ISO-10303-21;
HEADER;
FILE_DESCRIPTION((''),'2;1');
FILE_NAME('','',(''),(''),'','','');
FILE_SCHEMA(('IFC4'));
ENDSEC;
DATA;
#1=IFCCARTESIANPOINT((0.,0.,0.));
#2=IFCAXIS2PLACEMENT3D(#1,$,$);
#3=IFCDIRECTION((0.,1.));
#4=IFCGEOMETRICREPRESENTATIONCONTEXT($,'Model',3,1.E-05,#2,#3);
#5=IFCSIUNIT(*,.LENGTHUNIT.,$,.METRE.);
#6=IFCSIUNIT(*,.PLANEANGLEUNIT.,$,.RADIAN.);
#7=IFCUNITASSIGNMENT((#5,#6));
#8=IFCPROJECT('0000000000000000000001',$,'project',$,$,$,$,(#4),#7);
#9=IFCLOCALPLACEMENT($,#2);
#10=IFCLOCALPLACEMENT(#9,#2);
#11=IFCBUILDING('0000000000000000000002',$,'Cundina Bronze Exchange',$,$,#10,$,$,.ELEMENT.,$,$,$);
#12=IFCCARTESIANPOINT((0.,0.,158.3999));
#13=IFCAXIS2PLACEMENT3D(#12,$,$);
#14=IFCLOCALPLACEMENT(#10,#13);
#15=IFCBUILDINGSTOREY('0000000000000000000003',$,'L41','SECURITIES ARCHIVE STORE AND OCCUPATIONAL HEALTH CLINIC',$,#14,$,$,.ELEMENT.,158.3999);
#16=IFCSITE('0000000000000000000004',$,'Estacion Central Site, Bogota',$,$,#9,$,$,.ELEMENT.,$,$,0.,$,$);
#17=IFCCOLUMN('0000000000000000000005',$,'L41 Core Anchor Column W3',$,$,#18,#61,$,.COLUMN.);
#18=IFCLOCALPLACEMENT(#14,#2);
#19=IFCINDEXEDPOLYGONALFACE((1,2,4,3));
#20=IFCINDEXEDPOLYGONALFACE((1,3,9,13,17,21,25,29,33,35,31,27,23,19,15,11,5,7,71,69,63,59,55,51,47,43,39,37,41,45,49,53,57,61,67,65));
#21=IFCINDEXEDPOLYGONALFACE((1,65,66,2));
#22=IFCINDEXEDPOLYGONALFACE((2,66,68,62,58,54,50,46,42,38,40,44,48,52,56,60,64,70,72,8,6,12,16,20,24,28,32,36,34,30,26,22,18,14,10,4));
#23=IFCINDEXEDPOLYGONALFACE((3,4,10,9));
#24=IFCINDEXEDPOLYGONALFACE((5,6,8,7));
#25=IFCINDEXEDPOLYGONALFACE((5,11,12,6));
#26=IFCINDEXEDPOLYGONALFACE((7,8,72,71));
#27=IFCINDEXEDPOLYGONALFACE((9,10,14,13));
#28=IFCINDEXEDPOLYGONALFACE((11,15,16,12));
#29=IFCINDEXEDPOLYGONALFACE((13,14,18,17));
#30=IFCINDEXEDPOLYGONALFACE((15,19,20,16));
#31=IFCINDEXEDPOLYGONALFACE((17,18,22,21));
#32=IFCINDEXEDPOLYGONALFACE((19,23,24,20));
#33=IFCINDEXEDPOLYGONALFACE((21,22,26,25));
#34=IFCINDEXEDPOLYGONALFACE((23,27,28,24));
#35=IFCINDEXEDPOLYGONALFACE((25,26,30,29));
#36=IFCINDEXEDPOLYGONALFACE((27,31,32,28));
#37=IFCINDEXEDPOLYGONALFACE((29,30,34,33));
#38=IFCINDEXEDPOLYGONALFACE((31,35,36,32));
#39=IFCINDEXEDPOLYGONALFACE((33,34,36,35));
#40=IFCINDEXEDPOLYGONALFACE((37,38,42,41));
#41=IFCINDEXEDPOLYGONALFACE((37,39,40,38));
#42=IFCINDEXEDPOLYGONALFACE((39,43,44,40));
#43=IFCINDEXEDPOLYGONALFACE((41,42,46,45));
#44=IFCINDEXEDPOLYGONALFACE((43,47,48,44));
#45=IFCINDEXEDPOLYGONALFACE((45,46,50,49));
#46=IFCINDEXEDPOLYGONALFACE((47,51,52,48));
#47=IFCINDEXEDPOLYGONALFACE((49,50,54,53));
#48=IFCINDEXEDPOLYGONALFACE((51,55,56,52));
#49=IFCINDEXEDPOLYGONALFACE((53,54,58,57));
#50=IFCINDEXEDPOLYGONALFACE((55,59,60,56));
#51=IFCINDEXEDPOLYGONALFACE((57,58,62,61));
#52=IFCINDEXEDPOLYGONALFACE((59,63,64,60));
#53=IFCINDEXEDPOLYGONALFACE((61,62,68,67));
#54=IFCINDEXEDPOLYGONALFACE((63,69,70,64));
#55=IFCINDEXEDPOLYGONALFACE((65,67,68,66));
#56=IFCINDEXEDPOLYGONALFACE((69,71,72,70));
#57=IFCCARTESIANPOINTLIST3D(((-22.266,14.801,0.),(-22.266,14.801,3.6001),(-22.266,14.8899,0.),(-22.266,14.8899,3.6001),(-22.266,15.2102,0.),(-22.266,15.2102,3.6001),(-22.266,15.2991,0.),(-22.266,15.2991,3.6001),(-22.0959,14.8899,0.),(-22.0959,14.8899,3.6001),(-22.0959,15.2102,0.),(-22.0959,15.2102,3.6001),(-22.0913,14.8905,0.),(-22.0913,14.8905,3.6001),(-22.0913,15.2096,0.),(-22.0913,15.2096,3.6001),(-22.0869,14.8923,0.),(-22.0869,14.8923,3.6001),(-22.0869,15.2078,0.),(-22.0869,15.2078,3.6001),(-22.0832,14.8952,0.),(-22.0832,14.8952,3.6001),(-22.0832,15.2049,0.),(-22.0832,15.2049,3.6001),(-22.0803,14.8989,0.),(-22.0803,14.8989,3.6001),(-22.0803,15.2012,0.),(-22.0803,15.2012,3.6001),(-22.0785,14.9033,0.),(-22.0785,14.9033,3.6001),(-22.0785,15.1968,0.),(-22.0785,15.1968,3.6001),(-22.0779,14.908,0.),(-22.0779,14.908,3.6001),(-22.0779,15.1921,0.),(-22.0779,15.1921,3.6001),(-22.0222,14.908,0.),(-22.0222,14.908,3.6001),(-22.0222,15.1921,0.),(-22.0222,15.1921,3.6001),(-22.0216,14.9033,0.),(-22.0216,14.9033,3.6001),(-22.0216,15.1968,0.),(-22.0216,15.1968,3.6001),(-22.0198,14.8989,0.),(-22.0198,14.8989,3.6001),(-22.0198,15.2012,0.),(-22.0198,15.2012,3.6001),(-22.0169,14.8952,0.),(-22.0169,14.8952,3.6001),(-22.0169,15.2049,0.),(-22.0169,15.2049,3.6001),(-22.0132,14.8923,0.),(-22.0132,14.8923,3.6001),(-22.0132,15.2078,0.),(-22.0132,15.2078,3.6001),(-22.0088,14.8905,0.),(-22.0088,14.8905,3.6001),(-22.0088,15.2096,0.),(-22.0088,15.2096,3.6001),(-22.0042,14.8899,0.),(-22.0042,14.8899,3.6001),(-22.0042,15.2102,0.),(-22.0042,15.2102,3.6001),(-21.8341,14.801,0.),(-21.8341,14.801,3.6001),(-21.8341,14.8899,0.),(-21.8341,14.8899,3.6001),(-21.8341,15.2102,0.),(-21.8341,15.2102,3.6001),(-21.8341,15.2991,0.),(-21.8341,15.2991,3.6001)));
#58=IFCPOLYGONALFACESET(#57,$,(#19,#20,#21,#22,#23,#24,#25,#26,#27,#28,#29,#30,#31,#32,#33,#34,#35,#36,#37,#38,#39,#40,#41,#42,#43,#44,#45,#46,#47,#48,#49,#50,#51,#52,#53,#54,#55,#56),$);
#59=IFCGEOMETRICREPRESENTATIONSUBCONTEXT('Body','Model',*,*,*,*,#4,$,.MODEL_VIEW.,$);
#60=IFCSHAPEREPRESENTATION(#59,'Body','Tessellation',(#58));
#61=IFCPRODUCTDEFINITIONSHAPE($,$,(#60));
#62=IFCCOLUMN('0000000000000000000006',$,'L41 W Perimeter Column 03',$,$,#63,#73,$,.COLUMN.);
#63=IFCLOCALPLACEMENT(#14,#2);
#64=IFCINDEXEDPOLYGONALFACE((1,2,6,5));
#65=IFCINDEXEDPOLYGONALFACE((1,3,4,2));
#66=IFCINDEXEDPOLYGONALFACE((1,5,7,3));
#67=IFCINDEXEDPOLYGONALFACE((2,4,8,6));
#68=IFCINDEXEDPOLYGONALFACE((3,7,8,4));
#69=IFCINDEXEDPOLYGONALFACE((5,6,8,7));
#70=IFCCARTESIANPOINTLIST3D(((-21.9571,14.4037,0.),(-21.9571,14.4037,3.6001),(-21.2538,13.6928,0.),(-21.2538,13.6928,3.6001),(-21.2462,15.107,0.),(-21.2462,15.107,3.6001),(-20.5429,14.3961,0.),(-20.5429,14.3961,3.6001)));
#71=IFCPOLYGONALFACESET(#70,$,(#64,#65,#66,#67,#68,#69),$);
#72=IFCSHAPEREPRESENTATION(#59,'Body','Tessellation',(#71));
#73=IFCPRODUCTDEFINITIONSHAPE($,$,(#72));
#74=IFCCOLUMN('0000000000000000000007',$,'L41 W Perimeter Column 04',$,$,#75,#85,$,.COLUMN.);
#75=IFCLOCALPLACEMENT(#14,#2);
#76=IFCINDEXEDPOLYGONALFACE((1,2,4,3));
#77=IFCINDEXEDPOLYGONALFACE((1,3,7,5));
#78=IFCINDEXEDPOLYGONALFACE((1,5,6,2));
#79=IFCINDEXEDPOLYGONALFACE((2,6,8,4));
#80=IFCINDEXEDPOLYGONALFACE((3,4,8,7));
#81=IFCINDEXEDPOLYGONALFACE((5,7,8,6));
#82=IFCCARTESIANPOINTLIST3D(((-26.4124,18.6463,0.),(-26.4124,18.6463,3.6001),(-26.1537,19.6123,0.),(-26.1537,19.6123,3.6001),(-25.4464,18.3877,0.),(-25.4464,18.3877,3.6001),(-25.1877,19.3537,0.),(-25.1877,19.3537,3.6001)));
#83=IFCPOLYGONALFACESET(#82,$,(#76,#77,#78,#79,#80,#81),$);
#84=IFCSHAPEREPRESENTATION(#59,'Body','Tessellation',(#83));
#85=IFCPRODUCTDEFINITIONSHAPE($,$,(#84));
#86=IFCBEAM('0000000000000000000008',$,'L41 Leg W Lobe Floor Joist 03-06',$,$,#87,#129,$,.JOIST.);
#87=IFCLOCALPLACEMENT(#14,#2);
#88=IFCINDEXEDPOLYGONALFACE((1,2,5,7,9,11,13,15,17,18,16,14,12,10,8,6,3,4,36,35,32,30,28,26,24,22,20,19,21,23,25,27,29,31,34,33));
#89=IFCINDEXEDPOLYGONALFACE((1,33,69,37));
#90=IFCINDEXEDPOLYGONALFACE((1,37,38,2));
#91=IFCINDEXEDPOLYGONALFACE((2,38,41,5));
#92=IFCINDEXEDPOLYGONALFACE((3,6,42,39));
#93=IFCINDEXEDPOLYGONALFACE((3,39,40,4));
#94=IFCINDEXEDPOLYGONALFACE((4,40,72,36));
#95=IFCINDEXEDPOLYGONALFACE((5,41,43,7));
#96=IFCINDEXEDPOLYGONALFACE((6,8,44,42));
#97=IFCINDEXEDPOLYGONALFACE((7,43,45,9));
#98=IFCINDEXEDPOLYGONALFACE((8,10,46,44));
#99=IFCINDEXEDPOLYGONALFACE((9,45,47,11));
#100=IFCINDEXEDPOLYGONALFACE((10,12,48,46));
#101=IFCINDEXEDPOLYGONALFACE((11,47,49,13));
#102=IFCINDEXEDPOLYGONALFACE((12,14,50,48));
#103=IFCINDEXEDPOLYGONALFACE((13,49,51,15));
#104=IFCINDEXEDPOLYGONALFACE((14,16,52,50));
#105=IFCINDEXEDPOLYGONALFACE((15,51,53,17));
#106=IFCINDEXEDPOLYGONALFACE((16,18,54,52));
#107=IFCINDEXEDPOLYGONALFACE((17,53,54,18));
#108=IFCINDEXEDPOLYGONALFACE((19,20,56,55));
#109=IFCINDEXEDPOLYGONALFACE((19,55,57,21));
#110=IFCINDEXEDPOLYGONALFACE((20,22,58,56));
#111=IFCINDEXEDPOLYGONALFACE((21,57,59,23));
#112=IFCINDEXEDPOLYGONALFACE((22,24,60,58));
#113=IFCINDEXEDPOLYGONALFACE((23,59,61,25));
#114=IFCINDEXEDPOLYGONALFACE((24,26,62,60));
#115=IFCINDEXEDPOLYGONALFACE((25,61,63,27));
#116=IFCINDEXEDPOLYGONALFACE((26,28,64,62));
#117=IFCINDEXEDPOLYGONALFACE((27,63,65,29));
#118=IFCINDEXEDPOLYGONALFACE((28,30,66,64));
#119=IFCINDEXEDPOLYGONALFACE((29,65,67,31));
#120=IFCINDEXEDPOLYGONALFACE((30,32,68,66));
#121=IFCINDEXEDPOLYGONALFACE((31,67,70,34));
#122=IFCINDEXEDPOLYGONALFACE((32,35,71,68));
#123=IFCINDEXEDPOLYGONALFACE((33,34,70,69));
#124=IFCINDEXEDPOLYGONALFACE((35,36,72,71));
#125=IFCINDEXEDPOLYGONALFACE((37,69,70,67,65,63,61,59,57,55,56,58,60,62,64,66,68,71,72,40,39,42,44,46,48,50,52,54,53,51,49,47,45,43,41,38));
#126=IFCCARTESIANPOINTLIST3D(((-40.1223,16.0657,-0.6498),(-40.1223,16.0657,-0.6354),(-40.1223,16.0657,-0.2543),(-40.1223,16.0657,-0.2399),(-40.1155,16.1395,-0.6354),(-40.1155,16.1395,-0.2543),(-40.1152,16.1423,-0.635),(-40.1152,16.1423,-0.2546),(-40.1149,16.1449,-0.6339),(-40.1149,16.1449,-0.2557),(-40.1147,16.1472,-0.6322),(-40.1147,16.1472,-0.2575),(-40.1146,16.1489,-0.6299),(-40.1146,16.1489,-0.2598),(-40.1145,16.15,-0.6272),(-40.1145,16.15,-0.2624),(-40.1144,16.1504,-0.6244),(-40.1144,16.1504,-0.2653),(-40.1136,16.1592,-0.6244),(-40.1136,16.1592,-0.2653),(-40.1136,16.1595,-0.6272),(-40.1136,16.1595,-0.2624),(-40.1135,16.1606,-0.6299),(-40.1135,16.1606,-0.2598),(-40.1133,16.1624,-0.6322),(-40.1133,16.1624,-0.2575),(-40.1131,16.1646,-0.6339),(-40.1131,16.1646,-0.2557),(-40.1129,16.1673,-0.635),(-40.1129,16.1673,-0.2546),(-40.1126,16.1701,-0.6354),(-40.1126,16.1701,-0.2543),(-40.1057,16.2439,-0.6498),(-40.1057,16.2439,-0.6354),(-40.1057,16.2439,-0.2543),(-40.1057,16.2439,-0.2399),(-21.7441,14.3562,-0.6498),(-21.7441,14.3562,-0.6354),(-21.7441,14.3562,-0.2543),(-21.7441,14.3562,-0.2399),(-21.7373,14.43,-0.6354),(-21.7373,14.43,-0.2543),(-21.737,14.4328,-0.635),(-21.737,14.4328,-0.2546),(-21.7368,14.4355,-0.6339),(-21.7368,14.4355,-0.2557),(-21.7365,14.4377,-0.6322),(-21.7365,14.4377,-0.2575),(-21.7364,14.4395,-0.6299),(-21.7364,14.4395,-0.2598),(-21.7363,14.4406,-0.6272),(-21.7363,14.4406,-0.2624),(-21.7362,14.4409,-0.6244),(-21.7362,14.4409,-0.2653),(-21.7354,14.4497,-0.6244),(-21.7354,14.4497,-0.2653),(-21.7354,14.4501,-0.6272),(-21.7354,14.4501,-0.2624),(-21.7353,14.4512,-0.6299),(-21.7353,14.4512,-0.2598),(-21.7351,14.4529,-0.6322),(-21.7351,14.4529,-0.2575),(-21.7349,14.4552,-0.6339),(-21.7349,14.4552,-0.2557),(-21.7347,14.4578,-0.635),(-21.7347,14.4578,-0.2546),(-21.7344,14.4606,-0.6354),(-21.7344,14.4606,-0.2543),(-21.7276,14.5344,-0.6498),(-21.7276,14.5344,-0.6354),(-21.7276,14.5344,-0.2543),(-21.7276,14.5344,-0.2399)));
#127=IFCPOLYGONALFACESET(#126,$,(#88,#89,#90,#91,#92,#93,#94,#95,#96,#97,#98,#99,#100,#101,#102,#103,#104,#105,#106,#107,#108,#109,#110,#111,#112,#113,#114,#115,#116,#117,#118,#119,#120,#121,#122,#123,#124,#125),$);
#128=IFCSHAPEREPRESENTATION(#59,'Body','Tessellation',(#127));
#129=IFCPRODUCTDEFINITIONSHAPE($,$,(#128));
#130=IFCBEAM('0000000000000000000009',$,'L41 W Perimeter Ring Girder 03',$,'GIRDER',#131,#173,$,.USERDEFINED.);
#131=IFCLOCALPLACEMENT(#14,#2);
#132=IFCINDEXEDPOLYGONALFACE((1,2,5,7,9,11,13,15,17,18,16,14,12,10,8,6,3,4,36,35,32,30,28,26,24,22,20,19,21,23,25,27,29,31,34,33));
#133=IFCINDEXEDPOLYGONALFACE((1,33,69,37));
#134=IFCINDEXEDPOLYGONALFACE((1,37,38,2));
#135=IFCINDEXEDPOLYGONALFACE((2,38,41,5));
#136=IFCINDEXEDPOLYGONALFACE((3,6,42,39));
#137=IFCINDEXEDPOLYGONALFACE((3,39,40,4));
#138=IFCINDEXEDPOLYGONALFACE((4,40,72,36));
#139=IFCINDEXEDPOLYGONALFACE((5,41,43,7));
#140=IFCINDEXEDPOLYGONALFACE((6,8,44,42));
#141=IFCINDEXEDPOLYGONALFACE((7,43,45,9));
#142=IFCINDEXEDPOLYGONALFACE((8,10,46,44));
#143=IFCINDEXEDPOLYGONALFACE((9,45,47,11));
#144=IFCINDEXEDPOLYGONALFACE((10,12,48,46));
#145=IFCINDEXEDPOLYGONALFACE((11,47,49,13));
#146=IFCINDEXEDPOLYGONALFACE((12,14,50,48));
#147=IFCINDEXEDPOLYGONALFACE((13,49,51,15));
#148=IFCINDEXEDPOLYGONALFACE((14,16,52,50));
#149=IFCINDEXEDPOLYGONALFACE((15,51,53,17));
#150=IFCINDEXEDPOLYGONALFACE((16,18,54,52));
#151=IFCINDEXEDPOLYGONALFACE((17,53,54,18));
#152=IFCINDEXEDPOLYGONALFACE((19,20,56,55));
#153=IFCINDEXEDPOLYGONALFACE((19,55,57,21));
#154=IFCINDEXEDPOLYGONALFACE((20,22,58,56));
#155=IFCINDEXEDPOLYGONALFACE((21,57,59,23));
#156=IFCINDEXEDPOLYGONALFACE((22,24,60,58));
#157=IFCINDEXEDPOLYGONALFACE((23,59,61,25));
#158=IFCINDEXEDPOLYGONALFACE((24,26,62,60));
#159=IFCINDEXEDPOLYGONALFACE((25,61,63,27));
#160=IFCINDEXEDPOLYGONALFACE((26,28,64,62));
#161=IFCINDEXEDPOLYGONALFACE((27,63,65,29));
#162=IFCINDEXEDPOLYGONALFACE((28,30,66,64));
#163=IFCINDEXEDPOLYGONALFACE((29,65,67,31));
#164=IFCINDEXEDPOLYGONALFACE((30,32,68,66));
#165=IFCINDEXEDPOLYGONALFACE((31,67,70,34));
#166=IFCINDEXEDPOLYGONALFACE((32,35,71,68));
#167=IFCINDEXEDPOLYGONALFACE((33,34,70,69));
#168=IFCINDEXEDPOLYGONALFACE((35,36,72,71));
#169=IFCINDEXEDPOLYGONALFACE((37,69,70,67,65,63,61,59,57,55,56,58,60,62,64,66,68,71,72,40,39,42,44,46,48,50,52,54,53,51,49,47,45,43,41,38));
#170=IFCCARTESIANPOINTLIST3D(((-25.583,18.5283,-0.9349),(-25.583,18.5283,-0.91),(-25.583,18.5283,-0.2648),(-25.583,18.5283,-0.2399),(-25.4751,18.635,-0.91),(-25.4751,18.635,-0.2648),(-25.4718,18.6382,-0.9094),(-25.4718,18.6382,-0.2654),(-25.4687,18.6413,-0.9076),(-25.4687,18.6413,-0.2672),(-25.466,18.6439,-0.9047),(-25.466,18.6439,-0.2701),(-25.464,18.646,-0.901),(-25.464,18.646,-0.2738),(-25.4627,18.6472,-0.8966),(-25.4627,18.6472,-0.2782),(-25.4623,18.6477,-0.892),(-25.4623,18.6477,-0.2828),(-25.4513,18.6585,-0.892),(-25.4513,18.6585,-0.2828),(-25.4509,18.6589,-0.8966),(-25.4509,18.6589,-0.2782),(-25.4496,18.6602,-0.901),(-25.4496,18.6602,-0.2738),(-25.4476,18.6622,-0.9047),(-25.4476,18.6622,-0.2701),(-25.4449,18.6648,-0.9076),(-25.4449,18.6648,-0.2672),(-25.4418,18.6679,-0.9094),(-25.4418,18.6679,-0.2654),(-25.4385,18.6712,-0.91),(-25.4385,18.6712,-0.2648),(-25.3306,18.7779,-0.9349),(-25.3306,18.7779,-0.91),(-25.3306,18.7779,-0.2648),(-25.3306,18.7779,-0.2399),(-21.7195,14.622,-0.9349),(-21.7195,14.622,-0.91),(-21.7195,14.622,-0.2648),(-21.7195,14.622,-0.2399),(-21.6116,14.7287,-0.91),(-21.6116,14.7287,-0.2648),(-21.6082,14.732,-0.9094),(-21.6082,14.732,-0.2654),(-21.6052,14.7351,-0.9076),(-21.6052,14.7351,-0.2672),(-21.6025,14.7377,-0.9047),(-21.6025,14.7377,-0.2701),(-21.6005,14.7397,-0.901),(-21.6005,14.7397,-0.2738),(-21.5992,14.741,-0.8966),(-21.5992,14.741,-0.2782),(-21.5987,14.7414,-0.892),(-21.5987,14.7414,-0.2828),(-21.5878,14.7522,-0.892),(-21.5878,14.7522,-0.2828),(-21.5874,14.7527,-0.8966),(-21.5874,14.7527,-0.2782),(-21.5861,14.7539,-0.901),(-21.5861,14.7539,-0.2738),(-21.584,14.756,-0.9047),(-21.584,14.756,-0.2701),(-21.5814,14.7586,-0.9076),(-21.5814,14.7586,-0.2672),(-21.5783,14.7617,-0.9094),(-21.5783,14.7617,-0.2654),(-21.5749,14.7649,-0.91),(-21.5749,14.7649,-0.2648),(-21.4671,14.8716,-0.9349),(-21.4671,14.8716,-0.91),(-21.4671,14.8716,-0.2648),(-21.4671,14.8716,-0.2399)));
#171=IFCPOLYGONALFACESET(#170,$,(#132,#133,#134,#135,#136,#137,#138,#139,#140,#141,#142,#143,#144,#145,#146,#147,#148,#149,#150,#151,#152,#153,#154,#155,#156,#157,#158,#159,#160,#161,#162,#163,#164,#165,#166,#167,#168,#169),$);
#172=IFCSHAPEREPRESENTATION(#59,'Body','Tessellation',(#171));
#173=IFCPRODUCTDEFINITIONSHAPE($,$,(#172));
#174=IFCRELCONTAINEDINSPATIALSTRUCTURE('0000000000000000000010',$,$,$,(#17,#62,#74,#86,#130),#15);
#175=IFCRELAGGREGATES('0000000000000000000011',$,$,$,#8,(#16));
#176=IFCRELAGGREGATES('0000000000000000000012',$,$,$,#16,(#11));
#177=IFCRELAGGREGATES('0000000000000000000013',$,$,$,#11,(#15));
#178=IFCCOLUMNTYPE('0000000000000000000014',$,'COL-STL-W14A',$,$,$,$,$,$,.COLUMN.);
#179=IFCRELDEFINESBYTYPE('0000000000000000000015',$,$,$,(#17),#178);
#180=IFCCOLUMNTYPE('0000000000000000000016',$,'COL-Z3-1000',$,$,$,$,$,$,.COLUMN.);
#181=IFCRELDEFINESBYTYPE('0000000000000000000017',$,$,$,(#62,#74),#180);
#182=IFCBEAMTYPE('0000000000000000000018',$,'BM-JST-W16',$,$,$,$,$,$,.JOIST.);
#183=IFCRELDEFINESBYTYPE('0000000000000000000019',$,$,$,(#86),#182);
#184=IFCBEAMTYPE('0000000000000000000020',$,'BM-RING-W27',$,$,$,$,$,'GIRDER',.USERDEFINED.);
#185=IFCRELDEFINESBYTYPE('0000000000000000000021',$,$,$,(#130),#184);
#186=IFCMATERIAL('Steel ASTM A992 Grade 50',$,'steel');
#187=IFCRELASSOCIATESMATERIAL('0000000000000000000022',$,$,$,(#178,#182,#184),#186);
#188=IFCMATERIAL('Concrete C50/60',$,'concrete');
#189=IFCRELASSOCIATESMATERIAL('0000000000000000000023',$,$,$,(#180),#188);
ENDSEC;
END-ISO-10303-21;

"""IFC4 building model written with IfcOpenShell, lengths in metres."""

from ifc_helpers import new_model, si_unit, direction, frame, origin, origin_2d, place, context, subcontext, project, spatial, rectangle, i_section, extrude, material, material_profile, profile_set, type_object, element, save


model = new_model("IFC4")

# Units and contexts
model_context = context("Model", 3, precision=1e-05, world=origin(), true_north=direction((0.0, 1.0)))
body_context = subcontext(model_context, "Body", "Model", "MODEL_VIEW")
ifc_project = project(units=[si_unit("LENGTHUNIT", "METRE"), si_unit("PLANEANGLEUNIT", "RADIAN")], contexts=[model_context])

# Site, building, storey
site_placement = place(None, origin())
site = spatial("IfcSite", under=ifc_project, at=site_placement, Name="Estacion Central Site, Bogota", CompositionType="ELEMENT", RefElevation=0.0)
building_placement = place(site_placement, origin())
building = spatial("IfcBuilding", under=site, at=building_placement, Name="Cundina Bronze Exchange", CompositionType="ELEMENT")
storey_placement = place(building_placement, frame((0.0, 0.0, 158.3999)))
storey = spatial("IfcBuildingStorey", under=building, at=storey_placement, Name="L41", Description="SECURITIES ARCHIVE STORE AND OCCUPATIONAL HEALTH CLINIC", CompositionType="ELEMENT", Elevation=158.3999)

# Columns
ifc_material_1 = material(Name="Steel ASTM A992 Grade 50", Category="steel")
ifc_material_profile_1 = material_profile(ifc_material_1, i_section(OverallWidth=0.4319, OverallDepth=0.498, WebThickness=0.0557, FlangeThickness=0.0889, FilletRadius=0.0181, at=origin_2d()), Name="W14X500", Category="steel")
ifc_profile_set_1 = profile_set([ifc_material_profile_1], Name="Steel ASTM A992 Grade 50")
column_type_1 = type_object("IfcColumnType", Name="COL-STL-W14A", PredefinedType="COLUMN", material=ifc_profile_set_1)
column_placement = place(storey_placement, frame((-22.05, 15.05, 0.0), z_axis=(0.0, 0.0, 1.0), x_axis=(1.0, 0.0, 0.0)))
element("IfcColumn", 1, at=column_placement, inside=storey, type_object=column_type_1, Name="L41 Core Anchor Column W3", PredefinedType="COLUMN", context=body_context, shape_type="SweptSolid", body=[
    extrude(i_section(OverallWidth=0.4319, OverallDepth=0.498, WebThickness=0.0557, FlangeThickness=0.0889, FilletRadius=0.0181, at=origin_2d()), origin(), (0.0, 0.0, 1.0), 3.6001),
])
ifc_material_2 = material(Name="Concrete C50/60", Category="concrete")
ifc_material_profile_2 = material_profile(ifc_material_2, rectangle(XDim=1.0, YDim=1.0, at=origin_2d()), Name="RC1000X1000", Category="concrete")
ifc_profile_set_2 = profile_set([ifc_material_profile_2], Name="Concrete C50/60")
column_type_2 = type_object("IfcColumnType", Name="COL-Z3-1000", PredefinedType="COLUMN", material=ifc_profile_set_2)
for number, where, z_axis, x_axis, name in (
    (2, (-21.25, 14.3999, 0.0), (0.0, 0.0, 1.0), (-0.703271, 0.710922, 0.0), "L41 W Perimeter Column 03"),
    (3, (-25.8, 19.0, 0.0), (0.0, 0.0, 1.0), (-0.965971, 0.25865, 0.0), "L41 W Perimeter Column 04"),
):
    element("IfcColumn", number, at=place(storey_placement, frame(where, z_axis=z_axis, x_axis=x_axis)), inside=storey, type_object=column_type_2, Name=name, PredefinedType="COLUMN", context=body_context, shape_type="SweptSolid", body=[
        extrude(rectangle(XDim=1.0, YDim=1.0, at=origin_2d()), origin(), (0.0, 0.0, 1.0), 3.6001),
    ])

# Beams
ifc_material_profile_3 = material_profile(ifc_material_1, i_section(OverallWidth=0.179, OverallDepth=0.4099, WebThickness=0.0088, FlangeThickness=0.0144, FilletRadius=0.011, at=origin_2d()), Name="W16X45", Category="steel")
ifc_profile_set_3 = profile_set([ifc_material_profile_3], Name="Steel ASTM A992 Grade 50")
beam_type_1 = type_object("IfcBeamType", Name="BM-JST-W16", PredefinedType="JOIST", material=ifc_profile_set_3)
beam_1_placement = place(storey_placement, frame((-21.7358, 14.4453, -0.4448), z_axis=(-0.995702, 0.092617, 0.0), x_axis=(-0.092617, -0.995702, 0.0)))
element("IfcBeam", 4, at=beam_1_placement, inside=storey, type_object=beam_type_1, Name="L41 Leg W Lobe Floor Joist 03-06", PredefinedType="JOIST", context=body_context, shape_type="SweptSolid", body=[
    extrude(i_section(OverallWidth=0.179, OverallDepth=0.4099, WebThickness=0.0088, FlangeThickness=0.0144, FilletRadius=0.011, at=origin_2d()), origin(), (0.0, 0.0, 1.0), 18.4575),
])
ifc_material_profile_4 = material_profile(ifc_material_1, i_section(OverallWidth=0.355, OverallDepth=0.6951, WebThickness=0.0154, FlangeThickness=0.0249, FilletRadius=0.0181, at=origin_2d()), Name="W27X146", Category="steel")
ifc_profile_set_4 = profile_set([ifc_material_profile_4], Name="Steel ASTM A992 Grade 50")
beam_type_2 = type_object("IfcBeamType", Name="BM-RING-W27", ElementType="GIRDER", PredefinedType="USERDEFINED", material=ifc_profile_set_4)
beam_2_placement = place(storey_placement, frame((-21.5933, 14.7468, -0.5874), z_axis=(-0.703208, 0.710984, 0.0), x_axis=(-0.710984, -0.703208, 0.0)))
element("IfcBeam", 5, at=beam_2_placement, inside=storey, type_object=beam_type_2, Name="L41 W Perimeter Ring Girder 03", ObjectType="GIRDER", PredefinedType="USERDEFINED", context=body_context, shape_type="SweptSolid", body=[
    extrude(i_section(OverallWidth=0.355, OverallDepth=0.6951, WebThickness=0.0154, FlangeThickness=0.0249, FilletRadius=0.0181, at=origin_2d()), origin(), (0.0, 0.0, 1.0), 5.4941),
])

save(model, "model.ifc")
